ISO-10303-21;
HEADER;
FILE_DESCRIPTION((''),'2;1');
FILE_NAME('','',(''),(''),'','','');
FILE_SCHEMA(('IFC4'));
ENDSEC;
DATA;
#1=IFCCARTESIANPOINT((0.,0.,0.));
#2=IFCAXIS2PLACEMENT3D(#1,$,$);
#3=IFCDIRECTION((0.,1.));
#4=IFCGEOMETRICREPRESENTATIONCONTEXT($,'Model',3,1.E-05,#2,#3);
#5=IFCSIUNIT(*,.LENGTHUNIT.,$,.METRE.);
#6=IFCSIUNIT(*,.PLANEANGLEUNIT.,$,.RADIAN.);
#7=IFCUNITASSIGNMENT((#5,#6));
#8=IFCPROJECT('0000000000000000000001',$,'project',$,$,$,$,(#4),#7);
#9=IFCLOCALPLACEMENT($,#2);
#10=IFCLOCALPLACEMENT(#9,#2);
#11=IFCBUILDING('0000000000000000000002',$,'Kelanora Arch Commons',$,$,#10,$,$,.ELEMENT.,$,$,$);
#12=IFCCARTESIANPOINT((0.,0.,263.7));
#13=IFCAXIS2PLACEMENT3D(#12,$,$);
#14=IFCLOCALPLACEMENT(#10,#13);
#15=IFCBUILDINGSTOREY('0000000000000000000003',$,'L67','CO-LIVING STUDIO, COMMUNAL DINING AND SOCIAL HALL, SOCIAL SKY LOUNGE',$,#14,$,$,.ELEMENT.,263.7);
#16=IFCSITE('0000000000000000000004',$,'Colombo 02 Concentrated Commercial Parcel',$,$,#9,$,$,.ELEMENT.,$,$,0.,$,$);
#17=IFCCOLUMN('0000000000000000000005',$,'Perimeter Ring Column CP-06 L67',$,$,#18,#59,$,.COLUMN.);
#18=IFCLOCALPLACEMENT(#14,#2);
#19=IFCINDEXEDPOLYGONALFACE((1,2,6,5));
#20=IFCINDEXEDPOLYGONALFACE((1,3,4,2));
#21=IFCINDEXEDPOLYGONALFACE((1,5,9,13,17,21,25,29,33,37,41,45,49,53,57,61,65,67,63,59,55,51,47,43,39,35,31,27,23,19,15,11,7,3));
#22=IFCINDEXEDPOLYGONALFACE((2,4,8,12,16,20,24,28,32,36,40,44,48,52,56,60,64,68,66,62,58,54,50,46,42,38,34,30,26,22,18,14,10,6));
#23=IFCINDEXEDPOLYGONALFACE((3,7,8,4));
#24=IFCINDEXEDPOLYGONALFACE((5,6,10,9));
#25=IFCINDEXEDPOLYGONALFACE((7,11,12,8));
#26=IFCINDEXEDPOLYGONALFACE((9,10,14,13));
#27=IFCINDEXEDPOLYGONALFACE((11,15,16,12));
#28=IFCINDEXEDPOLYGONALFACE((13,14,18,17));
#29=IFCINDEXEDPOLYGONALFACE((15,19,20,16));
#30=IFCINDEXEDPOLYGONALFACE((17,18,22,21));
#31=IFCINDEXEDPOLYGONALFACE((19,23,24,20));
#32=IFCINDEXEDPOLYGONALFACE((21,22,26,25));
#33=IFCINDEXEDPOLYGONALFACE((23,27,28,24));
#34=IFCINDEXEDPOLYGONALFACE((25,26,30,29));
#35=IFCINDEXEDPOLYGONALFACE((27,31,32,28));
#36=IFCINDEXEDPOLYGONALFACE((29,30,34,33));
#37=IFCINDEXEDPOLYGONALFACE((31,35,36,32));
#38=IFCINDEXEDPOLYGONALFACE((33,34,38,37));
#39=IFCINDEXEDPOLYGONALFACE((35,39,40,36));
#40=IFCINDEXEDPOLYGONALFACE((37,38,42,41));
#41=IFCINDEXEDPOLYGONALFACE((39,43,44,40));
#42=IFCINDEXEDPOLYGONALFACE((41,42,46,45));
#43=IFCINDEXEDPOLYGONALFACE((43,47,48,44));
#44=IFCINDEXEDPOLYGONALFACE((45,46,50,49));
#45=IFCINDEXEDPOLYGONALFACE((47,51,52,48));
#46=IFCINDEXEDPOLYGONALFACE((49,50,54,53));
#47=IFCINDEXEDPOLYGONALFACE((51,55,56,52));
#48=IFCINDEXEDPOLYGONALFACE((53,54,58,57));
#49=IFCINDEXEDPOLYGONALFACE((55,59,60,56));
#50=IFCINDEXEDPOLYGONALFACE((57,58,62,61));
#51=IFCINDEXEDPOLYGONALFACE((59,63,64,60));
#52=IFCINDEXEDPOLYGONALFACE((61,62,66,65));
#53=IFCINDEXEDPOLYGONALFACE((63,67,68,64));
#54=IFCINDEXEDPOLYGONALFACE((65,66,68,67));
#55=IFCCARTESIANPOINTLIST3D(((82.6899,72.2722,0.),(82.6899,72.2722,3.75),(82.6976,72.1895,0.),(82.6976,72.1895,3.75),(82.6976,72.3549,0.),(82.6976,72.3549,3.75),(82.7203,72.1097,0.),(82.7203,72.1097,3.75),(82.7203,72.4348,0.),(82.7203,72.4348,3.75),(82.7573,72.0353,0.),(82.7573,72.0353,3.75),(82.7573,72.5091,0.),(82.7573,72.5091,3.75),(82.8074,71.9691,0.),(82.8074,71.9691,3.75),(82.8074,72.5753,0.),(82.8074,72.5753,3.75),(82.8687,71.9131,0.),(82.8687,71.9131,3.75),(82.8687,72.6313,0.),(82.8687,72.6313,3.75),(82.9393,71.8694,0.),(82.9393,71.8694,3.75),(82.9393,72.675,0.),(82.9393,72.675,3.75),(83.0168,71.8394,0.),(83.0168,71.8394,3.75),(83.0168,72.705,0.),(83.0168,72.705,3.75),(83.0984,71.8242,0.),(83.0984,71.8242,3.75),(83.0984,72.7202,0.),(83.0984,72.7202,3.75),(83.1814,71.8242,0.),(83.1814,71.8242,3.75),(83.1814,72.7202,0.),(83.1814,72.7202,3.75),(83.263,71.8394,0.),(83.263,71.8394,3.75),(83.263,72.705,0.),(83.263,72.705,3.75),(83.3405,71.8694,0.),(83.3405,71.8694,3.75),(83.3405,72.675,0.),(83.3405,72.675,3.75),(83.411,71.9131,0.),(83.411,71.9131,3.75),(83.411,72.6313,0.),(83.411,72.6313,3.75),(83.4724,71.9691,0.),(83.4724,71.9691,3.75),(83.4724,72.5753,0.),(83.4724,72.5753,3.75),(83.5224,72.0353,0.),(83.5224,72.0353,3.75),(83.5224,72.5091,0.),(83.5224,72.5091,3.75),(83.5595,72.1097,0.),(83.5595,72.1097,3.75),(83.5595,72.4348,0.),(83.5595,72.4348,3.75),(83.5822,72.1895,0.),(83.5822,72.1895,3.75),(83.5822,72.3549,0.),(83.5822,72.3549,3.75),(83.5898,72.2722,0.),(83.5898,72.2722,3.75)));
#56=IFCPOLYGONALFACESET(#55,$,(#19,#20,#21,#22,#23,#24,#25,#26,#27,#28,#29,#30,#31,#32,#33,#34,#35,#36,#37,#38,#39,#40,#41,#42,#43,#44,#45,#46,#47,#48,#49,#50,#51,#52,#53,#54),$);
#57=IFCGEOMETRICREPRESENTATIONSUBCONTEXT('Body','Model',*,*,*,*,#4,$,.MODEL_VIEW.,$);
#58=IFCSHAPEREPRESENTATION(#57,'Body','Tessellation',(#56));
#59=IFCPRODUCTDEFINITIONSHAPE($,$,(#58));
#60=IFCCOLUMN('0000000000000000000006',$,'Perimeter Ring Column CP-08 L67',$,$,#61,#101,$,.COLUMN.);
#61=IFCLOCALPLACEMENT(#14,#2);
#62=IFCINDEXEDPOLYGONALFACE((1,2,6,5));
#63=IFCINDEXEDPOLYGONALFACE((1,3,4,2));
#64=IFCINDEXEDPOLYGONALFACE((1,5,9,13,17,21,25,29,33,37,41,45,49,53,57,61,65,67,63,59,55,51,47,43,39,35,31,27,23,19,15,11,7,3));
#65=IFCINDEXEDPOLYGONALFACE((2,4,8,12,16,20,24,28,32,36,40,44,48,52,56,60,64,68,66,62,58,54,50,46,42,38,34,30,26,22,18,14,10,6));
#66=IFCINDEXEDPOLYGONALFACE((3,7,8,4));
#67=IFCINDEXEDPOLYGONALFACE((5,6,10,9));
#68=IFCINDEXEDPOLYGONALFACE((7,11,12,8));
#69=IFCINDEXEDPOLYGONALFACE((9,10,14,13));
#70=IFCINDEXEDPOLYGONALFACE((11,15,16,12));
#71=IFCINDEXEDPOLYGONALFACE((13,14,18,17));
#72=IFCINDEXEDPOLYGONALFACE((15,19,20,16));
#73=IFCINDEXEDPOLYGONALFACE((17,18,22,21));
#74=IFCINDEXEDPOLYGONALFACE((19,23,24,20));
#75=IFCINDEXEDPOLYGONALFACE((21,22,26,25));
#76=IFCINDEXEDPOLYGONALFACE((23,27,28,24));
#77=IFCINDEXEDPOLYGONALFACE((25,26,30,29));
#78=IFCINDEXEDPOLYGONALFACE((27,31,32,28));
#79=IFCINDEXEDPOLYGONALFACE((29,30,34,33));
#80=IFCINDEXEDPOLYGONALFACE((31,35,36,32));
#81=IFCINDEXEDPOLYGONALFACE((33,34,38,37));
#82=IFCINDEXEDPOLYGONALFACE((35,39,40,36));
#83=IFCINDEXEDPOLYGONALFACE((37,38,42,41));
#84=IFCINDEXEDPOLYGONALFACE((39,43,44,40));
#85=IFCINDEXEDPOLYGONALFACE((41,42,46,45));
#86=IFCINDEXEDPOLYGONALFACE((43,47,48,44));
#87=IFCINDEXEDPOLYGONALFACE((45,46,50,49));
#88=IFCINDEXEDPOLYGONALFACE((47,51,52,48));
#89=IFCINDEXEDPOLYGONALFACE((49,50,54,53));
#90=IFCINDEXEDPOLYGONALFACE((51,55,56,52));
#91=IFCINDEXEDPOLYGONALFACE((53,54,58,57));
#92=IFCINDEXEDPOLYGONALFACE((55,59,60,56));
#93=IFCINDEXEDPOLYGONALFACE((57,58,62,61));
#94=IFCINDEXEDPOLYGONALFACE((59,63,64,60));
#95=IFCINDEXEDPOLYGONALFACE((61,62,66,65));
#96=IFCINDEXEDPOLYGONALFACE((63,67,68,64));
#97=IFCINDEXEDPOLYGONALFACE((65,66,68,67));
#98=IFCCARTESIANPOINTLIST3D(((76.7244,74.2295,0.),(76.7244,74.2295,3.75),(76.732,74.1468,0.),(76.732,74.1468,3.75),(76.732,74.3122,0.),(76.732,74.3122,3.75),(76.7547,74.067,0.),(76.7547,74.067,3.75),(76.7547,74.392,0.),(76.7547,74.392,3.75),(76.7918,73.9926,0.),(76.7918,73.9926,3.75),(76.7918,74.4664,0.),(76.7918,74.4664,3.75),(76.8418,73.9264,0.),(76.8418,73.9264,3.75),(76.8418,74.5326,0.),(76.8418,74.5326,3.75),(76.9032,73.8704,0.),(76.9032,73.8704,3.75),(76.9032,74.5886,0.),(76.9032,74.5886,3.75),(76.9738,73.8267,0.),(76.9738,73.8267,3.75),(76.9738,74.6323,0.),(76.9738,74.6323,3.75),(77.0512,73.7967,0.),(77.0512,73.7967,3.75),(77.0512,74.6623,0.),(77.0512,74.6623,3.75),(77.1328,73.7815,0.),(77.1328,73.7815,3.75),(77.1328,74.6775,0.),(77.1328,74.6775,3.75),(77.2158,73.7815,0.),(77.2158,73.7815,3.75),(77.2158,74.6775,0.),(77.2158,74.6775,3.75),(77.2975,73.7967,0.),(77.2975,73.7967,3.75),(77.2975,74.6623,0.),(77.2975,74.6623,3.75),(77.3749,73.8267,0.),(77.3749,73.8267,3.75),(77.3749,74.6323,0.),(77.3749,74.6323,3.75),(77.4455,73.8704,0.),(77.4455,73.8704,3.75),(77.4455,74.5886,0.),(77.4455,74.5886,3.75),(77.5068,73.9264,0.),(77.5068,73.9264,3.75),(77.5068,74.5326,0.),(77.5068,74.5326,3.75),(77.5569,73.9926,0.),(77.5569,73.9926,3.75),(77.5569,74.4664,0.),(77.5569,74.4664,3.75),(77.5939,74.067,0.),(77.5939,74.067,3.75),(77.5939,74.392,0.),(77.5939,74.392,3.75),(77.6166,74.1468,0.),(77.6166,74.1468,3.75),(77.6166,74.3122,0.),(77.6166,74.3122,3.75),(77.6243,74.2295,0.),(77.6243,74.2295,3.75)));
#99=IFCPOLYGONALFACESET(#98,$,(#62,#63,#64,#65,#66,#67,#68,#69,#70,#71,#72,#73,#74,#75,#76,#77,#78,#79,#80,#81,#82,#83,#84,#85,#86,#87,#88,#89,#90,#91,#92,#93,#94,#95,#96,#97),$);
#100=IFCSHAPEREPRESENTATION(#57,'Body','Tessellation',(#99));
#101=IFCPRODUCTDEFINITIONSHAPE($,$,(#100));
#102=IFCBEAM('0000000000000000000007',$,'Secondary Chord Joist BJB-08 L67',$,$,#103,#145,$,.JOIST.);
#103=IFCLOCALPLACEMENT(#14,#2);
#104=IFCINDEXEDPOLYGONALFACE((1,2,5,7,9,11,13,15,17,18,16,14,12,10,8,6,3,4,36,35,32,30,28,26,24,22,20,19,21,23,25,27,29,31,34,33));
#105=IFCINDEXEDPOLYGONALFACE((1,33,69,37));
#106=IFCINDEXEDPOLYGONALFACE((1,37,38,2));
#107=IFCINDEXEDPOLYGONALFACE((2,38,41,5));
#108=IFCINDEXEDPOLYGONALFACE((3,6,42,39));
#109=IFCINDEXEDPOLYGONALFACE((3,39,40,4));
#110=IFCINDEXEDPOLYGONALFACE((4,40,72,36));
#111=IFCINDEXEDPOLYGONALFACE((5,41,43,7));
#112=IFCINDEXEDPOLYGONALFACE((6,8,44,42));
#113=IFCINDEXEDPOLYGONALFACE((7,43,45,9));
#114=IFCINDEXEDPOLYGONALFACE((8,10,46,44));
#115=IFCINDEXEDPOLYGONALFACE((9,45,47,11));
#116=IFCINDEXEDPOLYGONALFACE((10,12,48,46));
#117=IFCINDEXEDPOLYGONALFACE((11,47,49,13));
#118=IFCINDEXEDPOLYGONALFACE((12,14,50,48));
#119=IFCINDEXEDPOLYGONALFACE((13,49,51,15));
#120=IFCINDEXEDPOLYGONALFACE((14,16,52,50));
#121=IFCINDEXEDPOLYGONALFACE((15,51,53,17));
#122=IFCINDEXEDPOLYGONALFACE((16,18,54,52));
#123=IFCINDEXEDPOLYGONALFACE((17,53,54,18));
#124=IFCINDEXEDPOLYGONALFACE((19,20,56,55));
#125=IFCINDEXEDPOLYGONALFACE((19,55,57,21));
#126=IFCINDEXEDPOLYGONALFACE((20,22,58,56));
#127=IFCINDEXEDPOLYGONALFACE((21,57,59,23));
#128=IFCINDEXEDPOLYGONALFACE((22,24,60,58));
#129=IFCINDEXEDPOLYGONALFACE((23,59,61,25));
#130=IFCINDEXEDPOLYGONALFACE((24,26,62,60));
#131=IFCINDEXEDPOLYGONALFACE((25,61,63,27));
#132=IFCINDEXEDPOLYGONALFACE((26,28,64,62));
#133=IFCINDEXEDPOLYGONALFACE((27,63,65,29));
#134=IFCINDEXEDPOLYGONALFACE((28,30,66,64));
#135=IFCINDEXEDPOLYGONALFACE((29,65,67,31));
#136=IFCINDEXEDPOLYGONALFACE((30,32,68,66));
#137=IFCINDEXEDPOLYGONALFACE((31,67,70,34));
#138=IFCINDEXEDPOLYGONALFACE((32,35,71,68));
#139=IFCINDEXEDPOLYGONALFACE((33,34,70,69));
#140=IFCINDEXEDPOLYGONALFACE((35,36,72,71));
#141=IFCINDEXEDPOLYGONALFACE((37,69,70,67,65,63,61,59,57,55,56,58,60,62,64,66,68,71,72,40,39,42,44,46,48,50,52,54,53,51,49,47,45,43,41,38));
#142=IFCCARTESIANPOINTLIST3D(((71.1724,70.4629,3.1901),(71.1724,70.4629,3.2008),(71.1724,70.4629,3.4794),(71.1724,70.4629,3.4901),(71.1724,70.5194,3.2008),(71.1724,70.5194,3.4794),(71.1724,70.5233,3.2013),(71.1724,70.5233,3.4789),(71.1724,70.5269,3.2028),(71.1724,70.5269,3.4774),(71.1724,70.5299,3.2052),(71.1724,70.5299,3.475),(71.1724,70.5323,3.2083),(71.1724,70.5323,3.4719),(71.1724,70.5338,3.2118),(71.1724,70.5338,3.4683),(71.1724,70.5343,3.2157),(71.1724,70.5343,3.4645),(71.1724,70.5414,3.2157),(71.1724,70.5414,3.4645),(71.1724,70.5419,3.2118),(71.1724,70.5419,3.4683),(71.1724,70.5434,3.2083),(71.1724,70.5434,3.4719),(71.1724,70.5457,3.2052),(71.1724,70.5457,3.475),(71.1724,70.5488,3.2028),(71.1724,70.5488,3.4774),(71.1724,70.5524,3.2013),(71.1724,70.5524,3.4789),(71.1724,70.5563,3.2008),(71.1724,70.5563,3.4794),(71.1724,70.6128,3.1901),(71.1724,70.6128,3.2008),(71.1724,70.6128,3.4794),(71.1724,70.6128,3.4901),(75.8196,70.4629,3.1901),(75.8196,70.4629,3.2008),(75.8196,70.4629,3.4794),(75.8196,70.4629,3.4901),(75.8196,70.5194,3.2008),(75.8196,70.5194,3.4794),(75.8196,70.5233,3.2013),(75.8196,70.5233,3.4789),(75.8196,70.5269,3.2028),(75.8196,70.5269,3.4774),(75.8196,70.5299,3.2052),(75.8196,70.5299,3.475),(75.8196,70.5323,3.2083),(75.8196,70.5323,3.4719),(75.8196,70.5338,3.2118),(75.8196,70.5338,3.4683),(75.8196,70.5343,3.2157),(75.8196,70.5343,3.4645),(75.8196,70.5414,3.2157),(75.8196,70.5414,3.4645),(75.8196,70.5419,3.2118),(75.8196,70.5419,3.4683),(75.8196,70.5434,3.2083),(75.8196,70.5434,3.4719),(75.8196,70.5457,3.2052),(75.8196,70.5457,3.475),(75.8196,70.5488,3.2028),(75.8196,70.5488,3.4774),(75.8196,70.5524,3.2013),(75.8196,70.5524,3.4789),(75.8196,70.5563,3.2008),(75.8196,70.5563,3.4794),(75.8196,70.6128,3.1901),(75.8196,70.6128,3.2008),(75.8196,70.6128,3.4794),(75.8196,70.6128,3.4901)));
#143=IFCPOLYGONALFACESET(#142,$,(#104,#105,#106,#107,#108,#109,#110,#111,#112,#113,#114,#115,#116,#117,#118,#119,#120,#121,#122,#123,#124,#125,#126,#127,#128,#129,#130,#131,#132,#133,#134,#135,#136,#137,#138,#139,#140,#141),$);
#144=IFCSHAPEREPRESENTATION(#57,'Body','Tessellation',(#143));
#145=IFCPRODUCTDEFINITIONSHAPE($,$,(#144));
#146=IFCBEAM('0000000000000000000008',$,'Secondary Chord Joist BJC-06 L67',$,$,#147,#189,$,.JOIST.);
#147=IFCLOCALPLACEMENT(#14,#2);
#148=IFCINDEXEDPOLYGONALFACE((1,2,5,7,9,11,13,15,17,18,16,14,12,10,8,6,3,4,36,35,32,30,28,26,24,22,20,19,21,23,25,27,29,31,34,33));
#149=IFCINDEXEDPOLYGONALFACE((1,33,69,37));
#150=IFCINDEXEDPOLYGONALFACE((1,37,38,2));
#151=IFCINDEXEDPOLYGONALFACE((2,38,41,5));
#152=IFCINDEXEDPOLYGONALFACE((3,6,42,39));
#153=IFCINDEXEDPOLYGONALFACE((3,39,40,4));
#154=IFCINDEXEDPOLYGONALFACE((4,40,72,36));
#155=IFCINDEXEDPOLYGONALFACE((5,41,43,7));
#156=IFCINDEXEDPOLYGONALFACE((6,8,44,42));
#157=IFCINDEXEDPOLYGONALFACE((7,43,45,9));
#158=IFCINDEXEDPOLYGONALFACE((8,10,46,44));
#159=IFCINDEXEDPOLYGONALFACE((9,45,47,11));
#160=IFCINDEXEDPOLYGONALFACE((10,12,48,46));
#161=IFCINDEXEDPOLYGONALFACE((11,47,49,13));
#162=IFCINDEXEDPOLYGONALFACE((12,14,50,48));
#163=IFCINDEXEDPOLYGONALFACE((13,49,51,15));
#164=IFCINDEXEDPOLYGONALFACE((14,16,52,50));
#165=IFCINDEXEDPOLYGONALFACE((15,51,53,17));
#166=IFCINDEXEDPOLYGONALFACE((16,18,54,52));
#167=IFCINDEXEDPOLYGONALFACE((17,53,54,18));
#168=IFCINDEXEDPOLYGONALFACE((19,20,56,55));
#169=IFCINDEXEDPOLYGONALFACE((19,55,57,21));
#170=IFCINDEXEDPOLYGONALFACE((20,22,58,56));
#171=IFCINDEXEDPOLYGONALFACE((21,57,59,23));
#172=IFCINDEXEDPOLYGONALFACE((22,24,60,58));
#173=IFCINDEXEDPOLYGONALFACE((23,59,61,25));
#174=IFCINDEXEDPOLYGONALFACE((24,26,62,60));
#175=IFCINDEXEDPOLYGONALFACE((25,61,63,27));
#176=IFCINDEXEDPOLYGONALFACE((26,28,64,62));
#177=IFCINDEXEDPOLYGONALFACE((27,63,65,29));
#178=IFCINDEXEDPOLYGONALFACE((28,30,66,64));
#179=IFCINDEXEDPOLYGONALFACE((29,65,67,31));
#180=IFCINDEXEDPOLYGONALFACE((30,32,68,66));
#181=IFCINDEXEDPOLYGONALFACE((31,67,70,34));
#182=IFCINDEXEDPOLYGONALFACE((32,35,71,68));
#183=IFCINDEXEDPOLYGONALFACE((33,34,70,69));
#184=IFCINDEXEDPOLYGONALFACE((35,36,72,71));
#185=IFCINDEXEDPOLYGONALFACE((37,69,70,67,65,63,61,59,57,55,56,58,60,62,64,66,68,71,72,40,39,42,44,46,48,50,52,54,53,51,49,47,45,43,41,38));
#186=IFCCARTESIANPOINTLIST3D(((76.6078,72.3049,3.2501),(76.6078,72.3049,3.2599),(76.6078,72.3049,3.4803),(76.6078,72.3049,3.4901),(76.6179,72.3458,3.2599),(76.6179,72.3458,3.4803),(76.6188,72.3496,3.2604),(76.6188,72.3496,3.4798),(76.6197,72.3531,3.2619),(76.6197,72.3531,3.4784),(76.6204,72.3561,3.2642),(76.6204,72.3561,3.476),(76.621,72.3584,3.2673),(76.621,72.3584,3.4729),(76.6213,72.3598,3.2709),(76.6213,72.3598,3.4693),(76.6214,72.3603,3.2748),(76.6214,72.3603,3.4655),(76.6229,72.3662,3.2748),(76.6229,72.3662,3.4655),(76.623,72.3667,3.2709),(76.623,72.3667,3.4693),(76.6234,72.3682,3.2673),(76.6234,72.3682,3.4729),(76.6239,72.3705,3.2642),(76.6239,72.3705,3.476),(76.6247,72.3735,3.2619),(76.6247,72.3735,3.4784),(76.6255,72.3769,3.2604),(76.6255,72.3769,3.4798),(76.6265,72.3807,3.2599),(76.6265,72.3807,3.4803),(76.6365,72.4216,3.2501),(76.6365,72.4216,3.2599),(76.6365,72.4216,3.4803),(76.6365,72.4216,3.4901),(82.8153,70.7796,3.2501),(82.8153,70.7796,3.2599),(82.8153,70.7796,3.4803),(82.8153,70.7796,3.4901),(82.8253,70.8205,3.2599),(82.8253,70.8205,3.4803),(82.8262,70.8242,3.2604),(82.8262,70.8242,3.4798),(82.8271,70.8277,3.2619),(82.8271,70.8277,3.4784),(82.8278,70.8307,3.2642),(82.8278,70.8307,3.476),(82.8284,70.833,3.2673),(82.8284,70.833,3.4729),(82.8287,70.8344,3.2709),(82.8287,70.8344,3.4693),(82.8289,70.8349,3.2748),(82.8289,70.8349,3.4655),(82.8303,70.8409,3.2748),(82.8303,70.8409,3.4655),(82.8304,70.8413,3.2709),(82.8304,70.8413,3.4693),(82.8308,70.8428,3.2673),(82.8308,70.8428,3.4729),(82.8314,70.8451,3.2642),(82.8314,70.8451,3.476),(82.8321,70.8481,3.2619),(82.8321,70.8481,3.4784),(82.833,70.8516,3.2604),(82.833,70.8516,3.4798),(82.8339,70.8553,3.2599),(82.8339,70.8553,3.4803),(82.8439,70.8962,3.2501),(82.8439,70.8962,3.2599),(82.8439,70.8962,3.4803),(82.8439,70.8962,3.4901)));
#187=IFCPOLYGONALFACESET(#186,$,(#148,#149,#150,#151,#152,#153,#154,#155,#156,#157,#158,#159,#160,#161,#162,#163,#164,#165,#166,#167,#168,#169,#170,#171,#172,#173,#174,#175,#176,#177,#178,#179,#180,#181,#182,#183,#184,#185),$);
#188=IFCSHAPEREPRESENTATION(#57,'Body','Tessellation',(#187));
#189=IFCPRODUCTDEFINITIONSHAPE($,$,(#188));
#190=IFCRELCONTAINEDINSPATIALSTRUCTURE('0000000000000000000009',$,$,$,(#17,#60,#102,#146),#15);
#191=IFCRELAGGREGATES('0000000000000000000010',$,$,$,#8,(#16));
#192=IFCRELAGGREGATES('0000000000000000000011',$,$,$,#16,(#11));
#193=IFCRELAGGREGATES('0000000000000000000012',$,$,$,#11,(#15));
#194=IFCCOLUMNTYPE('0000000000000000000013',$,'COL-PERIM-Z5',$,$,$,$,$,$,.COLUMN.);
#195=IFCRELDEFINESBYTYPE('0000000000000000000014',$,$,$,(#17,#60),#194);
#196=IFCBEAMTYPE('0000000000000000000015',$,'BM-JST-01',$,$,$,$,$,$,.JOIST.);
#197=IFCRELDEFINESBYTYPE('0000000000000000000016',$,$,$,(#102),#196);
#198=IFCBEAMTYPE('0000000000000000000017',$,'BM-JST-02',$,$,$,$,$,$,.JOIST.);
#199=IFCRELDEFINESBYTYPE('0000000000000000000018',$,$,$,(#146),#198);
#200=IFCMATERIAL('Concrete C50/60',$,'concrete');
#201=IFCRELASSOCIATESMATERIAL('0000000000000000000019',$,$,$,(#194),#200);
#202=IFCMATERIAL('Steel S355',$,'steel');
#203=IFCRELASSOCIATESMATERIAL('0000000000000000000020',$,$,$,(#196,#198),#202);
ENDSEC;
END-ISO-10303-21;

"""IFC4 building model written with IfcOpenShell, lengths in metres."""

from ifc_helpers import new_model, si_unit, direction, frame, origin, origin_2d, place, context, subcontext, project, spatial, circle, i_section, extrude, material, material_profile, profile_set, type_object, element, save


model = new_model("IFC4")

# Units and contexts
model_context = context("Model", 3, precision=1e-05, world=origin(), true_north=direction((0.0, 1.0)))
body_context = subcontext(model_context, "Body", "Model", "MODEL_VIEW")
ifc_project = project(units=[si_unit("LENGTHUNIT", "METRE"), si_unit("PLANEANGLEUNIT", "RADIAN")], contexts=[model_context])

# Site, building, storey
site_placement = place(None, origin())
site = spatial("IfcSite", under=ifc_project, at=site_placement, Name="Colombo 02 Concentrated Commercial Parcel", CompositionType="ELEMENT", RefElevation=0.0)
building_placement = place(site_placement, origin())
building = spatial("IfcBuilding", under=site, at=building_placement, Name="Kelanora Arch Commons", CompositionType="ELEMENT")
storey_placement = place(building_placement, frame((0.0, 0.0, 263.7)))
storey = spatial("IfcBuildingStorey", under=building, at=storey_placement, Name="L67", Description="CO-LIVING STUDIO, COMMUNAL DINING AND SOCIAL HALL, SOCIAL SKY LOUNGE", CompositionType="ELEMENT", Elevation=263.7)

# Columns
ifc_material_1 = material(Name="Concrete C50/60", Category="concrete")
ifc_material_profile_1 = material_profile(ifc_material_1, circle(Radius=0.45, at=origin_2d()), Name="RCC900")
ifc_profile_set_1 = profile_set([ifc_material_profile_1], Name="Concrete C50/60")
column_type = type_object("IfcColumnType", Name="COL-PERIM-Z5", PredefinedType="COLUMN", material=ifc_profile_set_1)
for number, where, z_axis, x_axis, name in (
    (1, (83.1399, 72.2722, 0.0), (0.0, 0.0, 1.0), (1.0, 0.0, 0.0), "Perimeter Ring Column CP-06 L67"),
    (2, (77.1743, 74.2295, 0.0), (0.0, 0.0, 1.0), (1.0, 0.0, 0.0), "Perimeter Ring Column CP-08 L67"),
):
    element("IfcColumn", number, at=place(storey_placement, frame(where, z_axis=z_axis, x_axis=x_axis)), inside=storey, type_object=column_type, Name=name, PredefinedType="COLUMN", context=body_context, shape_type="SweptSolid", body=[
        extrude(circle(Radius=0.45, at=origin_2d()), origin(), (0.0, 0.0, 1.0), 3.75),
    ])

# Beams
ifc_material_2 = material(Name="Steel S355", Category="steel")
ifc_material_profile_2 = material_profile(ifc_material_2, i_section(OverallWidth=0.1499, OverallDepth=0.3, WebThickness=0.0071, FlangeThickness=0.0107, FilletRadius=0.0149, at=origin_2d()), Name="IPE300")
ifc_profile_set_2 = profile_set([ifc_material_profile_2], Name="Steel S355")
beam_type_1 = type_object("IfcBeamType", Name="BM-JST-01", PredefinedType="JOIST", material=ifc_profile_set_2)
beam_1_placement = place(storey_placement, frame((75.8196, 70.5378, 3.3401), z_axis=(-1.0, 0.0, 0.0), x_axis=(0.0, -1.0, 0.0)))
element("IfcBeam", 3, at=beam_1_placement, inside=storey, type_object=beam_type_1, Name="Secondary Chord Joist BJB-08 L67", PredefinedType="JOIST", context=body_context, shape_type="SweptSolid", body=[
    extrude(i_section(OverallWidth=0.1499, OverallDepth=0.3, WebThickness=0.0071, FlangeThickness=0.0107, FilletRadius=0.0149, at=origin_2d()), origin(), (0.0, 0.0, 1.0), 4.6472),
])
ifc_material_profile_3 = material_profile(ifc_material_2, i_section(OverallWidth=0.1201, OverallDepth=0.24, WebThickness=0.0061, FlangeThickness=0.0098, FilletRadius=0.0149, at=origin_2d()), Name="IPE240")
ifc_profile_set_3 = profile_set([ifc_material_profile_3], Name="Steel S355")
beam_type_2 = type_object("IfcBeamType", Name="BM-JST-02", PredefinedType="JOIST", material=ifc_profile_set_3)
beam_2_placement = place(storey_placement, frame((82.8296, 70.8379, 3.3701), z_axis=(-0.97111, 0.238633, 0.0), x_axis=(-0.238633, -0.97111, 0.0)))
element("IfcBeam", 4, at=beam_2_placement, inside=storey, type_object=beam_type_2, Name="Secondary Chord Joist BJC-06 L67", PredefinedType="JOIST", context=body_context, shape_type="SweptSolid", body=[
    extrude(i_section(OverallWidth=0.1201, OverallDepth=0.24, WebThickness=0.0061, FlangeThickness=0.0098, FilletRadius=0.0149, at=origin_2d()), origin(), (0.0, 0.0, 1.0), 6.3921),
])

save(model, "model.ifc")
